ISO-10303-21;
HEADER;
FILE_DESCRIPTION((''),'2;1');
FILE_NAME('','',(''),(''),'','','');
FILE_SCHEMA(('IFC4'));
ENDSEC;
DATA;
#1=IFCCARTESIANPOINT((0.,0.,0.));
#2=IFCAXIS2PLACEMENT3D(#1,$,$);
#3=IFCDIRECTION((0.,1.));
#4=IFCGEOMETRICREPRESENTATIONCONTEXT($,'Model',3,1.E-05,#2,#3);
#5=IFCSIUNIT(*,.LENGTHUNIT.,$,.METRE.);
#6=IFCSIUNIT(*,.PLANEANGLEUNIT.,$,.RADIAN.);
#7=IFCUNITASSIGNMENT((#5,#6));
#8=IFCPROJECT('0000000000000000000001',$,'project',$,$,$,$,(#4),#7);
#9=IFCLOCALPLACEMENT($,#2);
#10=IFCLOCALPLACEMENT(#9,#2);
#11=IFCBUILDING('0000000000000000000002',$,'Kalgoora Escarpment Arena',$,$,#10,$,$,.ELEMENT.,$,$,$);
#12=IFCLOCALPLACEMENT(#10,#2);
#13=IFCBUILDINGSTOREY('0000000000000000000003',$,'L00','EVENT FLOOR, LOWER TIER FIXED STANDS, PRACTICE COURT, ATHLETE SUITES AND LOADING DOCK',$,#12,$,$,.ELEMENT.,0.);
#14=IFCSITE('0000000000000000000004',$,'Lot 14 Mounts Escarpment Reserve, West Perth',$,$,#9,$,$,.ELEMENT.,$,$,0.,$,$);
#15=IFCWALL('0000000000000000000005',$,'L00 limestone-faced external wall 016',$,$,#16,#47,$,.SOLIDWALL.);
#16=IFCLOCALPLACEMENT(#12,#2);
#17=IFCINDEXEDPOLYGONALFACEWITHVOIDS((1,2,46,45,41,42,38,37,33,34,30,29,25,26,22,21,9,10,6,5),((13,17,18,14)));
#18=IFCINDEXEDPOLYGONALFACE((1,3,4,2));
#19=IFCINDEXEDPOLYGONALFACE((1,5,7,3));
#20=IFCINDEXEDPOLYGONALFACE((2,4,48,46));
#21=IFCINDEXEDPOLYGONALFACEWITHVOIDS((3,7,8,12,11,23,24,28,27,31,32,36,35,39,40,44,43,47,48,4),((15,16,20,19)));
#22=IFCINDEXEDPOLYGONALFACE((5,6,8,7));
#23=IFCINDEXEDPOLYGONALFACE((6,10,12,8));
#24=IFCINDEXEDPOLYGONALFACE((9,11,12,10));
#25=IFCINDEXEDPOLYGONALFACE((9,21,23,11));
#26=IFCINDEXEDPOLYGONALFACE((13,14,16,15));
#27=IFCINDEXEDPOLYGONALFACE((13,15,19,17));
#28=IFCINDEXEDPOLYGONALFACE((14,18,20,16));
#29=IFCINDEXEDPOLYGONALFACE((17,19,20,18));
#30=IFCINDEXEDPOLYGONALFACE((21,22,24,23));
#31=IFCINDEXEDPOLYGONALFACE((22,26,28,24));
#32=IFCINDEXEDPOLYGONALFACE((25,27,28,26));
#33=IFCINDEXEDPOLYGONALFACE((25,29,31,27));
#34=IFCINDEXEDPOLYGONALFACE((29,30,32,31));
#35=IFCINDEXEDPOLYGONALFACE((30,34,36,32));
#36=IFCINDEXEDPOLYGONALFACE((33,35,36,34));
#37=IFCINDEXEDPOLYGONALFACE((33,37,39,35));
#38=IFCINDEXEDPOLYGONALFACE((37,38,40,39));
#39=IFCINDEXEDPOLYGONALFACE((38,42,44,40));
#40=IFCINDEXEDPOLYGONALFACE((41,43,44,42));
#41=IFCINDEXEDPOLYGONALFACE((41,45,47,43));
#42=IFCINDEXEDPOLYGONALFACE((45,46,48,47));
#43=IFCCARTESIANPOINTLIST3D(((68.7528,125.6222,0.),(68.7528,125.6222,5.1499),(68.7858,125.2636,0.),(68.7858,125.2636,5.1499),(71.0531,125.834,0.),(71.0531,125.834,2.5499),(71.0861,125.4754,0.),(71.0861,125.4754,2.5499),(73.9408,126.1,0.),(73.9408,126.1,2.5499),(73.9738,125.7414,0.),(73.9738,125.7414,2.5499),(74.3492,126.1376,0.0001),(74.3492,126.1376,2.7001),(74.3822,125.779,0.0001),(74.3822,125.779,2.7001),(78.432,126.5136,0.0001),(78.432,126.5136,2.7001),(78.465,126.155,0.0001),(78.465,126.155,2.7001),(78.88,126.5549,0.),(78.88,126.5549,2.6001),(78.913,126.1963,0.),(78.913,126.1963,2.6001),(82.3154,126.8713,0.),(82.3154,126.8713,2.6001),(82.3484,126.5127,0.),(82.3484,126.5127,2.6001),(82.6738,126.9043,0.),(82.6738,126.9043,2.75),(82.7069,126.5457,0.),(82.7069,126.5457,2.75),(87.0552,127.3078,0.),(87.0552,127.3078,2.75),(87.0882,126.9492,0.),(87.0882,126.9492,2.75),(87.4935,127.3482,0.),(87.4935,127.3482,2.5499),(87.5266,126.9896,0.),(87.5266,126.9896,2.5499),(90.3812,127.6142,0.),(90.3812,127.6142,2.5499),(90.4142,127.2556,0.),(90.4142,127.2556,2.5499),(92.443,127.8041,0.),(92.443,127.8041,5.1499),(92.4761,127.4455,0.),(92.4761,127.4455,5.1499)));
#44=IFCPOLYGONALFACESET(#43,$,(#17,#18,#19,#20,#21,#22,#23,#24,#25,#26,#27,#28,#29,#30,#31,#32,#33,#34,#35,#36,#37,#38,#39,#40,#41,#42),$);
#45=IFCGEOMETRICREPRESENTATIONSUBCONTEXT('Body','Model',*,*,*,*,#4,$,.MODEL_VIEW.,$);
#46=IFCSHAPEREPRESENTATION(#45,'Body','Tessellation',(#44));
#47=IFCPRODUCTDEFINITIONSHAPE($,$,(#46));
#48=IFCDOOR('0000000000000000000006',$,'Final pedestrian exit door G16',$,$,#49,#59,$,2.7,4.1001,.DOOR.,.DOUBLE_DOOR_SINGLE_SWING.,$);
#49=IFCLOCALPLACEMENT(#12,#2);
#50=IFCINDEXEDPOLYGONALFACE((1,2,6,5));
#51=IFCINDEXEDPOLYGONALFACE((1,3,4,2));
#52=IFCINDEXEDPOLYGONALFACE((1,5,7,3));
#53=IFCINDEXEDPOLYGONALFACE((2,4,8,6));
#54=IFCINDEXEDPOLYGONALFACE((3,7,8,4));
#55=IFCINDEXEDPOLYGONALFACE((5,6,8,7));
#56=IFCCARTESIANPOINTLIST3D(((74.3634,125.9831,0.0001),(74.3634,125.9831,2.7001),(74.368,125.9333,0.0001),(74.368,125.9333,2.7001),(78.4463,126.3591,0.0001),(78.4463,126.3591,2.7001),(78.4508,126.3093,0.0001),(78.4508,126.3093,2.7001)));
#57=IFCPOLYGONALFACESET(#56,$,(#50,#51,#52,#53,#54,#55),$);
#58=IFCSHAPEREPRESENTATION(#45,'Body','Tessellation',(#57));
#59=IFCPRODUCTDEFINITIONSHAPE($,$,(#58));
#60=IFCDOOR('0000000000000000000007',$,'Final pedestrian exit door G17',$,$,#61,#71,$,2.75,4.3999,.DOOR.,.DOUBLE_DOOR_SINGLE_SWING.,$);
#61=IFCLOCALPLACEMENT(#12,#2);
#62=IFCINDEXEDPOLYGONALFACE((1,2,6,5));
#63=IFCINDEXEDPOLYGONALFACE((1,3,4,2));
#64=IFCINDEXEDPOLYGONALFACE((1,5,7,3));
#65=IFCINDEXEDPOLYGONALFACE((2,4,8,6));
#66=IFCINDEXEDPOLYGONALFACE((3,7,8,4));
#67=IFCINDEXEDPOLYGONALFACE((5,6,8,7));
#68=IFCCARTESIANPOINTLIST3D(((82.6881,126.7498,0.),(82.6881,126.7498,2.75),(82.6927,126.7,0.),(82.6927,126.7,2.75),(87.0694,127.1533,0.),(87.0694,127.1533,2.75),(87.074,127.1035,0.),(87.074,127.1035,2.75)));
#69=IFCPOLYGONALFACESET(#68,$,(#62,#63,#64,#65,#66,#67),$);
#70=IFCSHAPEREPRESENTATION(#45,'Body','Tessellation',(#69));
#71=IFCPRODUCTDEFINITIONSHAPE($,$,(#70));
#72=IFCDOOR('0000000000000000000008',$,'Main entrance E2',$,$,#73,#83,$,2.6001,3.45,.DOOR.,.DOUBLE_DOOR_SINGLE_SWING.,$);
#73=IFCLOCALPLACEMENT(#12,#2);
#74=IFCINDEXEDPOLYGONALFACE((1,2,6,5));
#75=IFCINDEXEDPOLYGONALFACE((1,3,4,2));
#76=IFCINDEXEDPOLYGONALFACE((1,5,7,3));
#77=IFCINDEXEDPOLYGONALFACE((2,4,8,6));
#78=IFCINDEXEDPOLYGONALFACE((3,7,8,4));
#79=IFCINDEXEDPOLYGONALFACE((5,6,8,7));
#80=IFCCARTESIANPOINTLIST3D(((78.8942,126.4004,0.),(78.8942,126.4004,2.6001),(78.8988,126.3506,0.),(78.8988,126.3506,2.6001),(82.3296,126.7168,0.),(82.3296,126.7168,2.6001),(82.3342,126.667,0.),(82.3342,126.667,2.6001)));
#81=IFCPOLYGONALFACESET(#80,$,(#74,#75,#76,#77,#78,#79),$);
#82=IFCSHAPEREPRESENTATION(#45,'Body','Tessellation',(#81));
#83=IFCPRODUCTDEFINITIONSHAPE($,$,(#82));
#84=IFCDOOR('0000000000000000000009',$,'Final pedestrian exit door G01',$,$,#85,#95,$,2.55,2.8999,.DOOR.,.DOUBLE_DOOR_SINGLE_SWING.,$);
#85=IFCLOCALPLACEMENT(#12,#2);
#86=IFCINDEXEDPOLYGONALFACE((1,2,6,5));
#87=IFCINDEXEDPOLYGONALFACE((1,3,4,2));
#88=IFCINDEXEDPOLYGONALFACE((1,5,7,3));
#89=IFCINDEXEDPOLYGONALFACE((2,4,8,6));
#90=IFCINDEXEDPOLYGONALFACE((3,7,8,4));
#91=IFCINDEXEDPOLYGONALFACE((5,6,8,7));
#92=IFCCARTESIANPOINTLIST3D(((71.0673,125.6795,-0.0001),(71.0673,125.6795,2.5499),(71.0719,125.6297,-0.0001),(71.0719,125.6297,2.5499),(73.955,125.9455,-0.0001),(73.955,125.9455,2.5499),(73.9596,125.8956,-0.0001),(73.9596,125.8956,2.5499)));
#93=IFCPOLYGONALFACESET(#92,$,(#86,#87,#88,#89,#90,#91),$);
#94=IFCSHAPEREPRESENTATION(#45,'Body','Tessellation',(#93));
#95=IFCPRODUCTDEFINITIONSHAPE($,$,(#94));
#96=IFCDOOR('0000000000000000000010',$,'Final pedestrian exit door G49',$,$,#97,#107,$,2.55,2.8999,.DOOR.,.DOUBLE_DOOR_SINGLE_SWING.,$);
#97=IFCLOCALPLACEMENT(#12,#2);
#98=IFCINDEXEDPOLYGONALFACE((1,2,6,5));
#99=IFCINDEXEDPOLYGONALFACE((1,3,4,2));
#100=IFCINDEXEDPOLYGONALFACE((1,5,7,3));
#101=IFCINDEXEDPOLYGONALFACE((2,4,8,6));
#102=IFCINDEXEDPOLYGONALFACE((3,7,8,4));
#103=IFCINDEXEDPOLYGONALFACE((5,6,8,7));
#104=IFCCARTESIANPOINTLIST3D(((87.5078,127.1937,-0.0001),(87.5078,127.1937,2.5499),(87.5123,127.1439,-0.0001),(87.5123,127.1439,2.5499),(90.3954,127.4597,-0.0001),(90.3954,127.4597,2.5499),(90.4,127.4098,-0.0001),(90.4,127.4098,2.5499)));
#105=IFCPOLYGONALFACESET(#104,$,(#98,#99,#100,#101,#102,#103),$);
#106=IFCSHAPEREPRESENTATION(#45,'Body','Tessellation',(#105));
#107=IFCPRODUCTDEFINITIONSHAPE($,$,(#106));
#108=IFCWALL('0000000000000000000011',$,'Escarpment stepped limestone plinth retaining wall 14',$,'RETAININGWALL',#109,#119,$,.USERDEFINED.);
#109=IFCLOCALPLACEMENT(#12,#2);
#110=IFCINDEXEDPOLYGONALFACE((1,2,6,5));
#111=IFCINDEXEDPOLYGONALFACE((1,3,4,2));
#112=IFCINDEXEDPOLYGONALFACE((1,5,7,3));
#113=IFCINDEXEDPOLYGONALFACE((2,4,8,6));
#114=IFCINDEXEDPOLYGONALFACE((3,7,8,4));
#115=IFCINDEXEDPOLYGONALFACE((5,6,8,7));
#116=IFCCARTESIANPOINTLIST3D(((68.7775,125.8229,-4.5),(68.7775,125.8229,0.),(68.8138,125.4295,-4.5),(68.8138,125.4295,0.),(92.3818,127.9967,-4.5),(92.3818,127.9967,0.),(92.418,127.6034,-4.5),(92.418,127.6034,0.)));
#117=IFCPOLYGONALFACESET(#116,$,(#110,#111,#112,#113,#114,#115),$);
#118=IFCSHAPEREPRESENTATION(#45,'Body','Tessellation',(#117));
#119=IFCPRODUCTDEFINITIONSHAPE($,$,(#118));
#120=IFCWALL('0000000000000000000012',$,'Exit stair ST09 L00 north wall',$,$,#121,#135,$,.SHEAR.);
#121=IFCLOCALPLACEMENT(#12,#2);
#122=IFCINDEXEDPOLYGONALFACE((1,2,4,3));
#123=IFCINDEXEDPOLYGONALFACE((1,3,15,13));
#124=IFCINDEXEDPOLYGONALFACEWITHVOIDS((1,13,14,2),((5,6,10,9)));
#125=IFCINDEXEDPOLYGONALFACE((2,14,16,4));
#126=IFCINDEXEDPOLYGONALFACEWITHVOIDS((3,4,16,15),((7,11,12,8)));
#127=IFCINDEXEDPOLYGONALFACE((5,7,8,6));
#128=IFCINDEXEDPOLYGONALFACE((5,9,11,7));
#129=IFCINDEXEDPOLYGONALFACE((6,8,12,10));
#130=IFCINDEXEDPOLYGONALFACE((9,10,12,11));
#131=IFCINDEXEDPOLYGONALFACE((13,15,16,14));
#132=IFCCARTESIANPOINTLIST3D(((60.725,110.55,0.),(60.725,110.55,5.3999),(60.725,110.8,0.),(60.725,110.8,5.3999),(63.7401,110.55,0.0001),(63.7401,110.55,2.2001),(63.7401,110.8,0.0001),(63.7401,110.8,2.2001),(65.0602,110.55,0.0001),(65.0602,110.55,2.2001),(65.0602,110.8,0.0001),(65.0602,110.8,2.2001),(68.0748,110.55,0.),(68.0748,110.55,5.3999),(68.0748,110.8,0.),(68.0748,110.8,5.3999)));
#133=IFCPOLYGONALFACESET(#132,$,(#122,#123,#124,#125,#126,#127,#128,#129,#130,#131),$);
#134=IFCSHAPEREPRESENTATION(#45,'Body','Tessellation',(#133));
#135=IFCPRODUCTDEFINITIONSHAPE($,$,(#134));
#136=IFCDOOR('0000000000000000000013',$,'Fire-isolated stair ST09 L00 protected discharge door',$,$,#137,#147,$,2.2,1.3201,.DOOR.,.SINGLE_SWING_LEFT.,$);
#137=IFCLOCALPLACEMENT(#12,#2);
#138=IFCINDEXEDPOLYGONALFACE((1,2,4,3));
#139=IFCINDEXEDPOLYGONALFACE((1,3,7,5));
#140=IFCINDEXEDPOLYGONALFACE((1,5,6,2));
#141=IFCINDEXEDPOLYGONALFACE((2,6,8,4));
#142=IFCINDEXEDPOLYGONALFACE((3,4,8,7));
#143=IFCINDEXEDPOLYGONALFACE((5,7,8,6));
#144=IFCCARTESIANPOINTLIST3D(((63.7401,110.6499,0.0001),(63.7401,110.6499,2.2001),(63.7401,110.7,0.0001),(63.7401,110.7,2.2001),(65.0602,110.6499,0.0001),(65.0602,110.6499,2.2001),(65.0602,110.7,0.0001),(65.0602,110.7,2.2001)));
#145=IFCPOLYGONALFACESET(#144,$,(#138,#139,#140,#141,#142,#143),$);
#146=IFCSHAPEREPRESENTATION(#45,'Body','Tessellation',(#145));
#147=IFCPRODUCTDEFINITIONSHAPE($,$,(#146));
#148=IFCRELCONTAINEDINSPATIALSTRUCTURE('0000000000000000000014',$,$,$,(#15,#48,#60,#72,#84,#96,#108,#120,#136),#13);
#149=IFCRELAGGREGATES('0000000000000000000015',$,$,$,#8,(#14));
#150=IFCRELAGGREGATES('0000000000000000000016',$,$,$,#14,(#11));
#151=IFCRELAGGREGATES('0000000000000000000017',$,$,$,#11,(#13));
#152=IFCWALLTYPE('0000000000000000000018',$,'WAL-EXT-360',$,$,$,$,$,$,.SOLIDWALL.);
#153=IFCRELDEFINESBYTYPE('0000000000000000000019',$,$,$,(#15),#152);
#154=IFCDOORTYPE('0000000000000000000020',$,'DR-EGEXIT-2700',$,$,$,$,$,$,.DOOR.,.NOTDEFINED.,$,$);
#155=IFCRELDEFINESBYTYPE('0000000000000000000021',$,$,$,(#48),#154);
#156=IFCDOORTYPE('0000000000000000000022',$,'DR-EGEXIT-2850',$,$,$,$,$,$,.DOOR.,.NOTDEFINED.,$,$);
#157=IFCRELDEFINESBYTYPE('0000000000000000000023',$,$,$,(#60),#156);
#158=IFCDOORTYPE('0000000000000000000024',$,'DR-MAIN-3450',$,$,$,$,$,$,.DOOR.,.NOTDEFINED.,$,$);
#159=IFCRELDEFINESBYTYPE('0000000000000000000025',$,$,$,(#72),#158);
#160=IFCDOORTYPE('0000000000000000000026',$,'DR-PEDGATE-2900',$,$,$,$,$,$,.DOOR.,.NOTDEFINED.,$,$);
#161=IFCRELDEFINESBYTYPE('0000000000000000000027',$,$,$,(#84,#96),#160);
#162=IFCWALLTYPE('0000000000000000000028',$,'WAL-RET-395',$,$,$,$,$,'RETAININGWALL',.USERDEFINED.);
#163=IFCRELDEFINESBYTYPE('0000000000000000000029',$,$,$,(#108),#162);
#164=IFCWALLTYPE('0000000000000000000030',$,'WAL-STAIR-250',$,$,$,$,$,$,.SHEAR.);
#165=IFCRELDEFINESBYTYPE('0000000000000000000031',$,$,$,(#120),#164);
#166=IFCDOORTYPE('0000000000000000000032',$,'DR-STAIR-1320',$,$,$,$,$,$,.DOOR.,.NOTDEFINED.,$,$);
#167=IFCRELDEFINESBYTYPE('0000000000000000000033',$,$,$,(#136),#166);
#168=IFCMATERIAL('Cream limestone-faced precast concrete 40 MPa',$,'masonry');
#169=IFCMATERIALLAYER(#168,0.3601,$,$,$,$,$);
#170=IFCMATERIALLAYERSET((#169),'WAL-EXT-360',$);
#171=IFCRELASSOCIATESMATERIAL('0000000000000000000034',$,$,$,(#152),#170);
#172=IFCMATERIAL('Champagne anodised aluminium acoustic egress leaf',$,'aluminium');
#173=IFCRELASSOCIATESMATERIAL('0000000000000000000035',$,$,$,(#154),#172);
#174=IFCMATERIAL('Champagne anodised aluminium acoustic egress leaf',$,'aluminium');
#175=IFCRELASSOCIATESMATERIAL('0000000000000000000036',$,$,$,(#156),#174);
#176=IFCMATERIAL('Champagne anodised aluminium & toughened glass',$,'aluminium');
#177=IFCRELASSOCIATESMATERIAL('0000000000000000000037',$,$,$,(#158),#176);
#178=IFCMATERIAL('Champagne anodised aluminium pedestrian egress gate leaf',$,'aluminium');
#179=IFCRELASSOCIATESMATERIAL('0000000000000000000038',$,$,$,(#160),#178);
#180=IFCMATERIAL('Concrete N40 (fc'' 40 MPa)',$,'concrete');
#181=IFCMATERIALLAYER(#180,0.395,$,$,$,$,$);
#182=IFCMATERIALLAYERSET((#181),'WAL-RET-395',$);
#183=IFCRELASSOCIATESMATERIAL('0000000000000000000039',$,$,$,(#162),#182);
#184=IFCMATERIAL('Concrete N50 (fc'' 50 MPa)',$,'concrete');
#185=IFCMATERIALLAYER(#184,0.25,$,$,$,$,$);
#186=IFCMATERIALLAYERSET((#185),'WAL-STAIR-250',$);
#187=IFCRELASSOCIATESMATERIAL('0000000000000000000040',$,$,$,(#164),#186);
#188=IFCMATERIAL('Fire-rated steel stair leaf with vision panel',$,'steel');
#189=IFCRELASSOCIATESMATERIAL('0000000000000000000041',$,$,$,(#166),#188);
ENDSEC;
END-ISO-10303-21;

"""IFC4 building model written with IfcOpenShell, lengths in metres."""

from ifc_helpers import new_model, si_unit, direction, frame, frame_2d, origin, place, context, subcontext, project, spatial, rectangle, extrude, material, layer, layer_set, type_object, element, fill, save


model = new_model("IFC4")

# Units and contexts
model_context = context("Model", 3, precision=1e-05, world=origin(), true_north=direction((0.0, 1.0)))
body_context = subcontext(model_context, "Body", "Model", "MODEL_VIEW")
ifc_project = project(units=[si_unit("LENGTHUNIT", "METRE"), si_unit("PLANEANGLEUNIT", "RADIAN")], contexts=[model_context])

# Site, building, storey
site_placement = place(None, origin())
site = spatial("IfcSite", under=ifc_project, at=site_placement, Name="Lot 14 Mounts Escarpment Reserve, West Perth", CompositionType="ELEMENT", RefElevation=0.0)
building_placement = place(site_placement, origin())
building = spatial("IfcBuilding", under=site, at=building_placement, Name="Kalgoora Escarpment Arena", CompositionType="ELEMENT")
storey_placement = place(building_placement, origin())
storey = spatial("IfcBuildingStorey", under=building, at=storey_placement, Name="L00", Description="EVENT FLOOR, LOWER TIER FIXED STANDS, PRACTICE COURT, ATHLETE SUITES AND LOADING DOCK", CompositionType="ELEMENT", Elevation=0.0)

# Wall, openings, doors
ifc_material_1 = material(Name="Cream limestone-faced precast concrete 40 MPa", Category="masonry")
ifc_layer_1 = layer(ifc_material_1, 0.3601)
ifc_layer_set_1 = layer_set([ifc_layer_1], Name="WAL-EXT-360")
wall_type_1 = type_object("IfcWallType", Name="WAL-EXT-360", PredefinedType="SOLIDWALL", material=ifc_layer_set_1)
wall_1_placement = place(storey_placement, frame((68.7693, 125.4429, 0.0), z_axis=(0.0, 0.0, 1.0), x_axis=(0.995786, 0.091713, 0.0)))
wall_1 = element("IfcWall", 1, at=wall_1_placement, inside=storey, type_object=wall_type_1, Name="L00 limestone-faced external wall 016", PredefinedType="SOLIDWALL", context=body_context, shape_type="SweptSolid", body=[
    extrude(rectangle(XDim=23.7905, YDim=0.3601, at=frame_2d((11.8953, 0.0))), origin(), (0.0, 0.0, 1.0), 5.1499),
])
opening_1_placement = place(wall_1_placement, frame((2.3101, 0.0, 0.0)))
opening_1 = element("IfcOpeningElement", 2, at=opening_1_placement, cuts=wall_1, PredefinedType="OPENING", context=body_context, shape_type="SweptSolid", body=[
    extrude(rectangle(XDim=2.8999, YDim=2.55, at=frame_2d((1.45, 1.2749))), frame((0.0, 0.1899, 0.0), z_axis=(0.0, -1.0, 0.0), x_axis=(1.0, 0.0, 0.0)), (0.0, 0.0, 1.0), 0.3801),
])
opening_2_placement = place(wall_1_placement, frame((10.1699, 0.0, 0.0)))
opening_2 = element("IfcOpeningElement", 3, at=opening_2_placement, cuts=wall_1, PredefinedType="OPENING", context=body_context, shape_type="SweptSolid", body=[
    extrude(rectangle(XDim=3.45, YDim=2.6001, at=frame_2d((1.7251, 1.3))), frame((0.0, 0.1899, 0.0), z_axis=(0.0, -1.0, 0.0), x_axis=(1.0, 0.0, 0.0)), (0.0, 0.0, 1.0), 0.3801),
])
opening_3_placement = place(wall_1_placement, frame((5.6201, 0.0, 0.0)))
opening_3 = element("IfcOpeningElement", 4, at=opening_3_placement, cuts=wall_1, PredefinedType="OPENING", context=body_context, shape_type="SweptSolid", body=[
    extrude(rectangle(XDim=4.1001, YDim=2.7, at=frame_2d((2.05, 1.3501))), frame((0.0, 0.1899, 0.0), z_axis=(0.0, -1.0, 0.0), x_axis=(1.0, 0.0, 0.0)), (0.0, 0.0, 1.0), 0.3801),
])
opening_4_placement = place(wall_1_placement, frame((13.98, 0.0, 0.0)))
opening_4 = element("IfcOpeningElement", 5, at=opening_4_placement, cuts=wall_1, PredefinedType="OPENING", context=body_context, shape_type="SweptSolid", body=[
    extrude(rectangle(XDim=4.3999, YDim=2.75, at=frame_2d((2.2, 1.375))), frame((0.0, 0.1899, 0.0), z_axis=(0.0, -1.0, 0.0), x_axis=(1.0, 0.0, 0.0)), (0.0, 0.0, 1.0), 0.3801),
])
opening_5_placement = place(wall_1_placement, frame((18.8201, 0.0, 0.0)))
opening_5 = element("IfcOpeningElement", 6, at=opening_5_placement, cuts=wall_1, PredefinedType="OPENING", context=body_context, shape_type="SweptSolid", body=[
    extrude(rectangle(XDim=2.8999, YDim=2.55, at=frame_2d((1.45, 1.2749))), frame((0.0, 0.1899, 0.0), z_axis=(0.0, -1.0, 0.0), x_axis=(1.0, 0.0, 0.0)), (0.0, 0.0, 1.0), 0.3801),
])
ifc_material_2 = material(Name="Champagne anodised aluminium acoustic egress leaf", Category="aluminium")
door_type_1 = type_object("IfcDoorType", Name="DR-EGEXIT-2700", OperationType="NOTDEFINED", PredefinedType="DOOR", material=ifc_material_2)
door_1_placement = place(opening_3_placement, origin())
door_1 = element("IfcDoor", 7, at=door_1_placement, inside=storey, type_object=door_type_1, Name="Final pedestrian exit door G16", OperationType="DOUBLE_DOOR_SINGLE_SWING", OverallHeight=2.7, OverallWidth=4.1001, PredefinedType="DOOR", context=body_context, shape_type="SweptSolid", body=[
    extrude(rectangle(XDim=4.1001, YDim=2.7, at=frame_2d((2.05, 1.3501))), frame((0.0, 0.0249, 0.0), z_axis=(0.0, -1.0, 0.0), x_axis=(1.0, 0.0, 0.0)), (0.0, 0.0, 1.0), 0.05),
])
fill(opening_3, door_1)
ifc_material_3 = material(Name="Champagne anodised aluminium acoustic egress leaf", Category="aluminium")
door_type_2 = type_object("IfcDoorType", Name="DR-EGEXIT-2850", OperationType="NOTDEFINED", PredefinedType="DOOR", material=ifc_material_3)
door_2_placement = place(opening_4_placement, origin())
door_2 = element("IfcDoor", 8, at=door_2_placement, inside=storey, type_object=door_type_2, Name="Final pedestrian exit door G17", OperationType="DOUBLE_DOOR_SINGLE_SWING", OverallHeight=2.75, OverallWidth=4.3999, PredefinedType="DOOR", context=body_context, shape_type="SweptSolid", body=[
    extrude(rectangle(XDim=4.3999, YDim=2.75, at=frame_2d((2.2, 1.375))), frame((0.0, 0.0249, 0.0), z_axis=(0.0, -1.0, 0.0), x_axis=(1.0, 0.0, 0.0)), (0.0, 0.0, 1.0), 0.05),
])
fill(opening_4, door_2)
ifc_material_4 = material(Name="Champagne anodised aluminium & toughened glass", Category="aluminium")
door_type_3 = type_object("IfcDoorType", Name="DR-MAIN-3450", OperationType="NOTDEFINED", PredefinedType="DOOR", material=ifc_material_4)
door_3_placement = place(opening_2_placement, origin())
door_3 = element("IfcDoor", 9, at=door_3_placement, inside=storey, type_object=door_type_3, Name="Main entrance E2", OperationType="DOUBLE_DOOR_SINGLE_SWING", OverallHeight=2.6001, OverallWidth=3.45, PredefinedType="DOOR", context=body_context, shape_type="SweptSolid", body=[
    extrude(rectangle(XDim=3.45, YDim=2.6001, at=frame_2d((1.7251, 1.3))), frame((0.0, 0.0249, 0.0), z_axis=(0.0, -1.0, 0.0), x_axis=(1.0, 0.0, 0.0)), (0.0, 0.0, 1.0), 0.05),
])
fill(opening_2, door_3)
ifc_material_5 = material(Name="Champagne anodised aluminium pedestrian egress gate leaf", Category="aluminium")
door_type_4 = type_object("IfcDoorType", Name="DR-PEDGATE-2900", OperationType="NOTDEFINED", PredefinedType="DOOR", material=ifc_material_5)
door_4_placement = place(opening_1_placement, origin())
door_4 = element("IfcDoor", 10, at=door_4_placement, inside=storey, type_object=door_type_4, Name="Final pedestrian exit door G01", OperationType="DOUBLE_DOOR_SINGLE_SWING", OverallHeight=2.55, OverallWidth=2.8999, PredefinedType="DOOR", context=body_context, shape_type="SweptSolid", body=[
    extrude(rectangle(XDim=2.8999, YDim=2.55, at=frame_2d((1.45, 1.2749))), frame((0.0, 0.0249, 0.0), z_axis=(0.0, -1.0, 0.0), x_axis=(1.0, 0.0, 0.0)), (0.0, 0.0, 1.0), 0.05),
])
fill(opening_1, door_4)
door_5_placement = place(opening_5_placement, origin())
door_5 = element("IfcDoor", 11, at=door_5_placement, inside=storey, type_object=door_type_4, Name="Final pedestrian exit door G49", OperationType="DOUBLE_DOOR_SINGLE_SWING", OverallHeight=2.55, OverallWidth=2.8999, PredefinedType="DOOR", context=body_context, shape_type="SweptSolid", body=[
    extrude(rectangle(XDim=2.8999, YDim=2.55, at=frame_2d((1.45, 1.2749))), frame((0.0, 0.0249, 0.0), z_axis=(0.0, -1.0, 0.0), x_axis=(1.0, 0.0, 0.0)), (0.0, 0.0, 1.0), 0.05),
])
fill(opening_5, door_5)

# Wall
ifc_material_6 = material(Name="Concrete N40 (fc' 40 MPa)", Category="concrete")
ifc_layer_2 = layer(ifc_material_6, 0.395)
ifc_layer_set_2 = layer_set([ifc_layer_2], Name="WAL-RET-395")
wall_type_2 = type_object("IfcWallType", Name="WAL-RET-395", ElementType="RETAININGWALL", PredefinedType="USERDEFINED", material=ifc_layer_set_2)
wall_2_placement = place(storey_placement, frame((68.7957, 125.6262, -4.5), z_axis=(0.0, 0.0, 1.0), x_axis=(0.995786, 0.091707, 0.0)))
element("IfcWall", 12, at=wall_2_placement, inside=storey, type_object=wall_type_2, Name="Escarpment stepped limestone plinth retaining wall 14", ObjectType="RETAININGWALL", PredefinedType="USERDEFINED", context=body_context, shape_type="SweptSolid", body=[
    extrude(rectangle(XDim=23.7041, YDim=0.395, at=frame_2d((11.8521, 0.0))), origin(), (0.0, 0.0, 1.0), 4.5),
])

# Wall, opening, door
ifc_material_7 = material(Name="Concrete N50 (fc' 50 MPa)", Category="concrete")
ifc_layer_3 = layer(ifc_material_7, 0.25)
ifc_layer_set_3 = layer_set([ifc_layer_3], Name="WAL-STAIR-250")
wall_type_3 = type_object("IfcWallType", Name="WAL-STAIR-250", PredefinedType="SHEAR", material=ifc_layer_set_3)
wall_3_placement = place(storey_placement, frame((60.7251, 110.675, 0.0), z_axis=(0.0, 0.0, 1.0), x_axis=(1.0, 0.0, 0.0)))
wall_3 = element("IfcWall", 13, at=wall_3_placement, inside=storey, type_object=wall_type_3, Name="Exit stair ST09 L00 north wall", PredefinedType="SHEAR", context=body_context, shape_type="SweptSolid", body=[
    extrude(rectangle(XDim=7.3499, YDim=0.25, at=frame_2d((3.6748, 0.0))), origin(), (0.0, 0.0, 1.0), 5.3999),
])
opening_6_placement = place(wall_3_placement, frame((3.0149, 0.0, 0.0)))
opening_6 = element("IfcOpeningElement", 14, at=opening_6_placement, cuts=wall_3, PredefinedType="OPENING", context=body_context, shape_type="SweptSolid", body=[
    extrude(rectangle(XDim=1.3201, YDim=2.2, at=frame_2d((0.6602, 1.1001))), frame((0.0, 0.135, 0.0), z_axis=(0.0, -1.0, 0.0), x_axis=(1.0, 0.0, 0.0)), (0.0, 0.0, 1.0), 0.27),
])
ifc_material_8 = material(Name="Fire-rated steel stair leaf with vision panel", Category="steel")
door_type_5 = type_object("IfcDoorType", Name="DR-STAIR-1320", OperationType="NOTDEFINED", PredefinedType="DOOR", material=ifc_material_8)
door_6_placement = place(opening_6_placement, origin())
door_6 = element("IfcDoor", 15, at=door_6_placement, inside=storey, type_object=door_type_5, Name="Fire-isolated stair ST09 L00 protected discharge door", OperationType="SINGLE_SWING_LEFT", OverallHeight=2.2, OverallWidth=1.3201, PredefinedType="DOOR", context=body_context, shape_type="SweptSolid", body=[
    extrude(rectangle(XDim=1.3201, YDim=2.2, at=frame_2d((0.6602, 1.1001))), frame((0.0, 0.0249, 0.0), z_axis=(0.0, -1.0, 0.0), x_axis=(1.0, 0.0, 0.0)), (0.0, 0.0, 1.0), 0.05),
])
fill(opening_6, door_6)

save(model, "model.ifc")
